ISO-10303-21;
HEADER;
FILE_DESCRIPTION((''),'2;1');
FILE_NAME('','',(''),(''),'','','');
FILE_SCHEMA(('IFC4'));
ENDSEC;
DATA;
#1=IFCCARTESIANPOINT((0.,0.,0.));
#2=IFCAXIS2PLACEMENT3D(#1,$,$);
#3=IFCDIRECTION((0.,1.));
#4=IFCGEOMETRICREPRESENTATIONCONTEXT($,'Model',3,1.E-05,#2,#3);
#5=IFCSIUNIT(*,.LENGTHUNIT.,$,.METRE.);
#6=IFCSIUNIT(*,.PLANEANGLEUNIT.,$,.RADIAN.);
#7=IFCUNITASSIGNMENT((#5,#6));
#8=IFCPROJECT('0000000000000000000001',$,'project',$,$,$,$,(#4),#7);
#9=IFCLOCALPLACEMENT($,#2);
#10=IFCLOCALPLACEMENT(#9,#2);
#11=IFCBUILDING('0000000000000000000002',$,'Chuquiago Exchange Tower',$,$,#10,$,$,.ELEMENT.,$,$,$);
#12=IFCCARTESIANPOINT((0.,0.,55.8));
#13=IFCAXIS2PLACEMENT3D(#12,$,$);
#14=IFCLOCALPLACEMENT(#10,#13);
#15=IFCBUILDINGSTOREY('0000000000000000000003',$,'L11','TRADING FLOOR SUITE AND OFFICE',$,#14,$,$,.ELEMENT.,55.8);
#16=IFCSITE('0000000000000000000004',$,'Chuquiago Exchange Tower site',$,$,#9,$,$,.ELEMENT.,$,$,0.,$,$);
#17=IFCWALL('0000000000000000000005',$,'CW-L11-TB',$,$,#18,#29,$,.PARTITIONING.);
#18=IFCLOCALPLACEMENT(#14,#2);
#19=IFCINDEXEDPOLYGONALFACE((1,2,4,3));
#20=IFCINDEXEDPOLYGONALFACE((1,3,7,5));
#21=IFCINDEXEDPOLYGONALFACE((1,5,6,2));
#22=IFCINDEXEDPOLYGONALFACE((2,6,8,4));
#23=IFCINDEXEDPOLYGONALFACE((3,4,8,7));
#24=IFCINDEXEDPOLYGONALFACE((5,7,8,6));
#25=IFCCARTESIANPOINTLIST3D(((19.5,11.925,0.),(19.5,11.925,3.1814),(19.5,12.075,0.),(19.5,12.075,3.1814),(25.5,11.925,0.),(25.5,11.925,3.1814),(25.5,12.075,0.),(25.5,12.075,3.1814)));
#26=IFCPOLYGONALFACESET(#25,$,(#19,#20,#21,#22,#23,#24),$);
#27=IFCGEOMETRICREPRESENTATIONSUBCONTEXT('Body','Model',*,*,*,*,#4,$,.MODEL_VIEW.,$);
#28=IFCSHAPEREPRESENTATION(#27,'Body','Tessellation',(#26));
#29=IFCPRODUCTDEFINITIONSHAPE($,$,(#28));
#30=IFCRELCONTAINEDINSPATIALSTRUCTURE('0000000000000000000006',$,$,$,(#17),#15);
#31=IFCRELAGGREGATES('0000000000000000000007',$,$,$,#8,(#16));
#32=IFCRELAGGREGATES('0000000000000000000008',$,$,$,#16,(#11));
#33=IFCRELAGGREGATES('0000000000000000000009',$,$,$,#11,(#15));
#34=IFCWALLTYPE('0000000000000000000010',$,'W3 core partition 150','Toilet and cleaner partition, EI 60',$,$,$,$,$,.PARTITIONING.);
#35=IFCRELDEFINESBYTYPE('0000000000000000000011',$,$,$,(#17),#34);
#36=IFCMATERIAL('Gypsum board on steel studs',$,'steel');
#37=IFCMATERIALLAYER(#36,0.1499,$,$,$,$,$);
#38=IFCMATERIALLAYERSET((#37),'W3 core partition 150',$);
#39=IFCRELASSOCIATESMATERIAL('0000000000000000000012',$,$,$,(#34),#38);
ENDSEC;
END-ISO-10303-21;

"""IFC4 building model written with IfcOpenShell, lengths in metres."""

from ifc_helpers import new_model, si_unit, direction, frame, frame_2d, origin, place, context, subcontext, project, spatial, rectangle, extrude, material, layer, layer_set, type_object, element, save


model = new_model("IFC4")

# Units and contexts
model_context = context("Model", 3, precision=1e-05, world=origin(), true_north=direction((0.0, 1.0)))
body_context = subcontext(model_context, "Body", "Model", "MODEL_VIEW")
ifc_project = project(units=[si_unit("LENGTHUNIT", "METRE"), si_unit("PLANEANGLEUNIT", "RADIAN")], contexts=[model_context])

# Site, building, storey
site_placement = place(None, origin())
site = spatial("IfcSite", under=ifc_project, at=site_placement, Name="Chuquiago Exchange Tower site", CompositionType="ELEMENT", RefElevation=0.0)
building_placement = place(site_placement, origin())
building = spatial("IfcBuilding", under=site, at=building_placement, Name="Chuquiago Exchange Tower", CompositionType="ELEMENT")
storey_placement = place(building_placement, frame((0.0, 0.0, 55.8)))
storey = spatial("IfcBuildingStorey", under=building, at=storey_placement, Name="L11", Description="TRADING FLOOR SUITE AND OFFICE", CompositionType="ELEMENT", Elevation=55.8)

# Shared definitions
ifc_material_1 = material(Name="Gypsum board on steel studs", Category="steel")
ifc_layer_1 = layer(ifc_material_1, 0.1499)
ifc_layer_set_1 = layer_set([ifc_layer_1], Name="W3 core partition 150")
wall_type_1 = type_object("IfcWallType", Name="W3 core partition 150", Description="Toilet and cleaner partition, EI 60", PredefinedType="PARTITIONING", material=ifc_layer_set_1)

# Wall
wall_1_placement = place(storey_placement, frame((19.5, 12.0, 0.0), z_axis=(0.0, 0.0, 1.0), x_axis=(1.0, 0.0, 0.0)))
element("IfcWall", 1, at=wall_1_placement, inside=storey, type_object=wall_type_1, Name="CW-L11-TB", PredefinedType="PARTITIONING", context=body_context, shape_type="SweptSolid", body=[
    extrude(rectangle(XDim=6.0, YDim=0.1499, at=frame_2d((3.0, 0.0))), origin(), (0.0, 0.0, 1.0), 3.1814),
])

save(model, "model.ifc")
